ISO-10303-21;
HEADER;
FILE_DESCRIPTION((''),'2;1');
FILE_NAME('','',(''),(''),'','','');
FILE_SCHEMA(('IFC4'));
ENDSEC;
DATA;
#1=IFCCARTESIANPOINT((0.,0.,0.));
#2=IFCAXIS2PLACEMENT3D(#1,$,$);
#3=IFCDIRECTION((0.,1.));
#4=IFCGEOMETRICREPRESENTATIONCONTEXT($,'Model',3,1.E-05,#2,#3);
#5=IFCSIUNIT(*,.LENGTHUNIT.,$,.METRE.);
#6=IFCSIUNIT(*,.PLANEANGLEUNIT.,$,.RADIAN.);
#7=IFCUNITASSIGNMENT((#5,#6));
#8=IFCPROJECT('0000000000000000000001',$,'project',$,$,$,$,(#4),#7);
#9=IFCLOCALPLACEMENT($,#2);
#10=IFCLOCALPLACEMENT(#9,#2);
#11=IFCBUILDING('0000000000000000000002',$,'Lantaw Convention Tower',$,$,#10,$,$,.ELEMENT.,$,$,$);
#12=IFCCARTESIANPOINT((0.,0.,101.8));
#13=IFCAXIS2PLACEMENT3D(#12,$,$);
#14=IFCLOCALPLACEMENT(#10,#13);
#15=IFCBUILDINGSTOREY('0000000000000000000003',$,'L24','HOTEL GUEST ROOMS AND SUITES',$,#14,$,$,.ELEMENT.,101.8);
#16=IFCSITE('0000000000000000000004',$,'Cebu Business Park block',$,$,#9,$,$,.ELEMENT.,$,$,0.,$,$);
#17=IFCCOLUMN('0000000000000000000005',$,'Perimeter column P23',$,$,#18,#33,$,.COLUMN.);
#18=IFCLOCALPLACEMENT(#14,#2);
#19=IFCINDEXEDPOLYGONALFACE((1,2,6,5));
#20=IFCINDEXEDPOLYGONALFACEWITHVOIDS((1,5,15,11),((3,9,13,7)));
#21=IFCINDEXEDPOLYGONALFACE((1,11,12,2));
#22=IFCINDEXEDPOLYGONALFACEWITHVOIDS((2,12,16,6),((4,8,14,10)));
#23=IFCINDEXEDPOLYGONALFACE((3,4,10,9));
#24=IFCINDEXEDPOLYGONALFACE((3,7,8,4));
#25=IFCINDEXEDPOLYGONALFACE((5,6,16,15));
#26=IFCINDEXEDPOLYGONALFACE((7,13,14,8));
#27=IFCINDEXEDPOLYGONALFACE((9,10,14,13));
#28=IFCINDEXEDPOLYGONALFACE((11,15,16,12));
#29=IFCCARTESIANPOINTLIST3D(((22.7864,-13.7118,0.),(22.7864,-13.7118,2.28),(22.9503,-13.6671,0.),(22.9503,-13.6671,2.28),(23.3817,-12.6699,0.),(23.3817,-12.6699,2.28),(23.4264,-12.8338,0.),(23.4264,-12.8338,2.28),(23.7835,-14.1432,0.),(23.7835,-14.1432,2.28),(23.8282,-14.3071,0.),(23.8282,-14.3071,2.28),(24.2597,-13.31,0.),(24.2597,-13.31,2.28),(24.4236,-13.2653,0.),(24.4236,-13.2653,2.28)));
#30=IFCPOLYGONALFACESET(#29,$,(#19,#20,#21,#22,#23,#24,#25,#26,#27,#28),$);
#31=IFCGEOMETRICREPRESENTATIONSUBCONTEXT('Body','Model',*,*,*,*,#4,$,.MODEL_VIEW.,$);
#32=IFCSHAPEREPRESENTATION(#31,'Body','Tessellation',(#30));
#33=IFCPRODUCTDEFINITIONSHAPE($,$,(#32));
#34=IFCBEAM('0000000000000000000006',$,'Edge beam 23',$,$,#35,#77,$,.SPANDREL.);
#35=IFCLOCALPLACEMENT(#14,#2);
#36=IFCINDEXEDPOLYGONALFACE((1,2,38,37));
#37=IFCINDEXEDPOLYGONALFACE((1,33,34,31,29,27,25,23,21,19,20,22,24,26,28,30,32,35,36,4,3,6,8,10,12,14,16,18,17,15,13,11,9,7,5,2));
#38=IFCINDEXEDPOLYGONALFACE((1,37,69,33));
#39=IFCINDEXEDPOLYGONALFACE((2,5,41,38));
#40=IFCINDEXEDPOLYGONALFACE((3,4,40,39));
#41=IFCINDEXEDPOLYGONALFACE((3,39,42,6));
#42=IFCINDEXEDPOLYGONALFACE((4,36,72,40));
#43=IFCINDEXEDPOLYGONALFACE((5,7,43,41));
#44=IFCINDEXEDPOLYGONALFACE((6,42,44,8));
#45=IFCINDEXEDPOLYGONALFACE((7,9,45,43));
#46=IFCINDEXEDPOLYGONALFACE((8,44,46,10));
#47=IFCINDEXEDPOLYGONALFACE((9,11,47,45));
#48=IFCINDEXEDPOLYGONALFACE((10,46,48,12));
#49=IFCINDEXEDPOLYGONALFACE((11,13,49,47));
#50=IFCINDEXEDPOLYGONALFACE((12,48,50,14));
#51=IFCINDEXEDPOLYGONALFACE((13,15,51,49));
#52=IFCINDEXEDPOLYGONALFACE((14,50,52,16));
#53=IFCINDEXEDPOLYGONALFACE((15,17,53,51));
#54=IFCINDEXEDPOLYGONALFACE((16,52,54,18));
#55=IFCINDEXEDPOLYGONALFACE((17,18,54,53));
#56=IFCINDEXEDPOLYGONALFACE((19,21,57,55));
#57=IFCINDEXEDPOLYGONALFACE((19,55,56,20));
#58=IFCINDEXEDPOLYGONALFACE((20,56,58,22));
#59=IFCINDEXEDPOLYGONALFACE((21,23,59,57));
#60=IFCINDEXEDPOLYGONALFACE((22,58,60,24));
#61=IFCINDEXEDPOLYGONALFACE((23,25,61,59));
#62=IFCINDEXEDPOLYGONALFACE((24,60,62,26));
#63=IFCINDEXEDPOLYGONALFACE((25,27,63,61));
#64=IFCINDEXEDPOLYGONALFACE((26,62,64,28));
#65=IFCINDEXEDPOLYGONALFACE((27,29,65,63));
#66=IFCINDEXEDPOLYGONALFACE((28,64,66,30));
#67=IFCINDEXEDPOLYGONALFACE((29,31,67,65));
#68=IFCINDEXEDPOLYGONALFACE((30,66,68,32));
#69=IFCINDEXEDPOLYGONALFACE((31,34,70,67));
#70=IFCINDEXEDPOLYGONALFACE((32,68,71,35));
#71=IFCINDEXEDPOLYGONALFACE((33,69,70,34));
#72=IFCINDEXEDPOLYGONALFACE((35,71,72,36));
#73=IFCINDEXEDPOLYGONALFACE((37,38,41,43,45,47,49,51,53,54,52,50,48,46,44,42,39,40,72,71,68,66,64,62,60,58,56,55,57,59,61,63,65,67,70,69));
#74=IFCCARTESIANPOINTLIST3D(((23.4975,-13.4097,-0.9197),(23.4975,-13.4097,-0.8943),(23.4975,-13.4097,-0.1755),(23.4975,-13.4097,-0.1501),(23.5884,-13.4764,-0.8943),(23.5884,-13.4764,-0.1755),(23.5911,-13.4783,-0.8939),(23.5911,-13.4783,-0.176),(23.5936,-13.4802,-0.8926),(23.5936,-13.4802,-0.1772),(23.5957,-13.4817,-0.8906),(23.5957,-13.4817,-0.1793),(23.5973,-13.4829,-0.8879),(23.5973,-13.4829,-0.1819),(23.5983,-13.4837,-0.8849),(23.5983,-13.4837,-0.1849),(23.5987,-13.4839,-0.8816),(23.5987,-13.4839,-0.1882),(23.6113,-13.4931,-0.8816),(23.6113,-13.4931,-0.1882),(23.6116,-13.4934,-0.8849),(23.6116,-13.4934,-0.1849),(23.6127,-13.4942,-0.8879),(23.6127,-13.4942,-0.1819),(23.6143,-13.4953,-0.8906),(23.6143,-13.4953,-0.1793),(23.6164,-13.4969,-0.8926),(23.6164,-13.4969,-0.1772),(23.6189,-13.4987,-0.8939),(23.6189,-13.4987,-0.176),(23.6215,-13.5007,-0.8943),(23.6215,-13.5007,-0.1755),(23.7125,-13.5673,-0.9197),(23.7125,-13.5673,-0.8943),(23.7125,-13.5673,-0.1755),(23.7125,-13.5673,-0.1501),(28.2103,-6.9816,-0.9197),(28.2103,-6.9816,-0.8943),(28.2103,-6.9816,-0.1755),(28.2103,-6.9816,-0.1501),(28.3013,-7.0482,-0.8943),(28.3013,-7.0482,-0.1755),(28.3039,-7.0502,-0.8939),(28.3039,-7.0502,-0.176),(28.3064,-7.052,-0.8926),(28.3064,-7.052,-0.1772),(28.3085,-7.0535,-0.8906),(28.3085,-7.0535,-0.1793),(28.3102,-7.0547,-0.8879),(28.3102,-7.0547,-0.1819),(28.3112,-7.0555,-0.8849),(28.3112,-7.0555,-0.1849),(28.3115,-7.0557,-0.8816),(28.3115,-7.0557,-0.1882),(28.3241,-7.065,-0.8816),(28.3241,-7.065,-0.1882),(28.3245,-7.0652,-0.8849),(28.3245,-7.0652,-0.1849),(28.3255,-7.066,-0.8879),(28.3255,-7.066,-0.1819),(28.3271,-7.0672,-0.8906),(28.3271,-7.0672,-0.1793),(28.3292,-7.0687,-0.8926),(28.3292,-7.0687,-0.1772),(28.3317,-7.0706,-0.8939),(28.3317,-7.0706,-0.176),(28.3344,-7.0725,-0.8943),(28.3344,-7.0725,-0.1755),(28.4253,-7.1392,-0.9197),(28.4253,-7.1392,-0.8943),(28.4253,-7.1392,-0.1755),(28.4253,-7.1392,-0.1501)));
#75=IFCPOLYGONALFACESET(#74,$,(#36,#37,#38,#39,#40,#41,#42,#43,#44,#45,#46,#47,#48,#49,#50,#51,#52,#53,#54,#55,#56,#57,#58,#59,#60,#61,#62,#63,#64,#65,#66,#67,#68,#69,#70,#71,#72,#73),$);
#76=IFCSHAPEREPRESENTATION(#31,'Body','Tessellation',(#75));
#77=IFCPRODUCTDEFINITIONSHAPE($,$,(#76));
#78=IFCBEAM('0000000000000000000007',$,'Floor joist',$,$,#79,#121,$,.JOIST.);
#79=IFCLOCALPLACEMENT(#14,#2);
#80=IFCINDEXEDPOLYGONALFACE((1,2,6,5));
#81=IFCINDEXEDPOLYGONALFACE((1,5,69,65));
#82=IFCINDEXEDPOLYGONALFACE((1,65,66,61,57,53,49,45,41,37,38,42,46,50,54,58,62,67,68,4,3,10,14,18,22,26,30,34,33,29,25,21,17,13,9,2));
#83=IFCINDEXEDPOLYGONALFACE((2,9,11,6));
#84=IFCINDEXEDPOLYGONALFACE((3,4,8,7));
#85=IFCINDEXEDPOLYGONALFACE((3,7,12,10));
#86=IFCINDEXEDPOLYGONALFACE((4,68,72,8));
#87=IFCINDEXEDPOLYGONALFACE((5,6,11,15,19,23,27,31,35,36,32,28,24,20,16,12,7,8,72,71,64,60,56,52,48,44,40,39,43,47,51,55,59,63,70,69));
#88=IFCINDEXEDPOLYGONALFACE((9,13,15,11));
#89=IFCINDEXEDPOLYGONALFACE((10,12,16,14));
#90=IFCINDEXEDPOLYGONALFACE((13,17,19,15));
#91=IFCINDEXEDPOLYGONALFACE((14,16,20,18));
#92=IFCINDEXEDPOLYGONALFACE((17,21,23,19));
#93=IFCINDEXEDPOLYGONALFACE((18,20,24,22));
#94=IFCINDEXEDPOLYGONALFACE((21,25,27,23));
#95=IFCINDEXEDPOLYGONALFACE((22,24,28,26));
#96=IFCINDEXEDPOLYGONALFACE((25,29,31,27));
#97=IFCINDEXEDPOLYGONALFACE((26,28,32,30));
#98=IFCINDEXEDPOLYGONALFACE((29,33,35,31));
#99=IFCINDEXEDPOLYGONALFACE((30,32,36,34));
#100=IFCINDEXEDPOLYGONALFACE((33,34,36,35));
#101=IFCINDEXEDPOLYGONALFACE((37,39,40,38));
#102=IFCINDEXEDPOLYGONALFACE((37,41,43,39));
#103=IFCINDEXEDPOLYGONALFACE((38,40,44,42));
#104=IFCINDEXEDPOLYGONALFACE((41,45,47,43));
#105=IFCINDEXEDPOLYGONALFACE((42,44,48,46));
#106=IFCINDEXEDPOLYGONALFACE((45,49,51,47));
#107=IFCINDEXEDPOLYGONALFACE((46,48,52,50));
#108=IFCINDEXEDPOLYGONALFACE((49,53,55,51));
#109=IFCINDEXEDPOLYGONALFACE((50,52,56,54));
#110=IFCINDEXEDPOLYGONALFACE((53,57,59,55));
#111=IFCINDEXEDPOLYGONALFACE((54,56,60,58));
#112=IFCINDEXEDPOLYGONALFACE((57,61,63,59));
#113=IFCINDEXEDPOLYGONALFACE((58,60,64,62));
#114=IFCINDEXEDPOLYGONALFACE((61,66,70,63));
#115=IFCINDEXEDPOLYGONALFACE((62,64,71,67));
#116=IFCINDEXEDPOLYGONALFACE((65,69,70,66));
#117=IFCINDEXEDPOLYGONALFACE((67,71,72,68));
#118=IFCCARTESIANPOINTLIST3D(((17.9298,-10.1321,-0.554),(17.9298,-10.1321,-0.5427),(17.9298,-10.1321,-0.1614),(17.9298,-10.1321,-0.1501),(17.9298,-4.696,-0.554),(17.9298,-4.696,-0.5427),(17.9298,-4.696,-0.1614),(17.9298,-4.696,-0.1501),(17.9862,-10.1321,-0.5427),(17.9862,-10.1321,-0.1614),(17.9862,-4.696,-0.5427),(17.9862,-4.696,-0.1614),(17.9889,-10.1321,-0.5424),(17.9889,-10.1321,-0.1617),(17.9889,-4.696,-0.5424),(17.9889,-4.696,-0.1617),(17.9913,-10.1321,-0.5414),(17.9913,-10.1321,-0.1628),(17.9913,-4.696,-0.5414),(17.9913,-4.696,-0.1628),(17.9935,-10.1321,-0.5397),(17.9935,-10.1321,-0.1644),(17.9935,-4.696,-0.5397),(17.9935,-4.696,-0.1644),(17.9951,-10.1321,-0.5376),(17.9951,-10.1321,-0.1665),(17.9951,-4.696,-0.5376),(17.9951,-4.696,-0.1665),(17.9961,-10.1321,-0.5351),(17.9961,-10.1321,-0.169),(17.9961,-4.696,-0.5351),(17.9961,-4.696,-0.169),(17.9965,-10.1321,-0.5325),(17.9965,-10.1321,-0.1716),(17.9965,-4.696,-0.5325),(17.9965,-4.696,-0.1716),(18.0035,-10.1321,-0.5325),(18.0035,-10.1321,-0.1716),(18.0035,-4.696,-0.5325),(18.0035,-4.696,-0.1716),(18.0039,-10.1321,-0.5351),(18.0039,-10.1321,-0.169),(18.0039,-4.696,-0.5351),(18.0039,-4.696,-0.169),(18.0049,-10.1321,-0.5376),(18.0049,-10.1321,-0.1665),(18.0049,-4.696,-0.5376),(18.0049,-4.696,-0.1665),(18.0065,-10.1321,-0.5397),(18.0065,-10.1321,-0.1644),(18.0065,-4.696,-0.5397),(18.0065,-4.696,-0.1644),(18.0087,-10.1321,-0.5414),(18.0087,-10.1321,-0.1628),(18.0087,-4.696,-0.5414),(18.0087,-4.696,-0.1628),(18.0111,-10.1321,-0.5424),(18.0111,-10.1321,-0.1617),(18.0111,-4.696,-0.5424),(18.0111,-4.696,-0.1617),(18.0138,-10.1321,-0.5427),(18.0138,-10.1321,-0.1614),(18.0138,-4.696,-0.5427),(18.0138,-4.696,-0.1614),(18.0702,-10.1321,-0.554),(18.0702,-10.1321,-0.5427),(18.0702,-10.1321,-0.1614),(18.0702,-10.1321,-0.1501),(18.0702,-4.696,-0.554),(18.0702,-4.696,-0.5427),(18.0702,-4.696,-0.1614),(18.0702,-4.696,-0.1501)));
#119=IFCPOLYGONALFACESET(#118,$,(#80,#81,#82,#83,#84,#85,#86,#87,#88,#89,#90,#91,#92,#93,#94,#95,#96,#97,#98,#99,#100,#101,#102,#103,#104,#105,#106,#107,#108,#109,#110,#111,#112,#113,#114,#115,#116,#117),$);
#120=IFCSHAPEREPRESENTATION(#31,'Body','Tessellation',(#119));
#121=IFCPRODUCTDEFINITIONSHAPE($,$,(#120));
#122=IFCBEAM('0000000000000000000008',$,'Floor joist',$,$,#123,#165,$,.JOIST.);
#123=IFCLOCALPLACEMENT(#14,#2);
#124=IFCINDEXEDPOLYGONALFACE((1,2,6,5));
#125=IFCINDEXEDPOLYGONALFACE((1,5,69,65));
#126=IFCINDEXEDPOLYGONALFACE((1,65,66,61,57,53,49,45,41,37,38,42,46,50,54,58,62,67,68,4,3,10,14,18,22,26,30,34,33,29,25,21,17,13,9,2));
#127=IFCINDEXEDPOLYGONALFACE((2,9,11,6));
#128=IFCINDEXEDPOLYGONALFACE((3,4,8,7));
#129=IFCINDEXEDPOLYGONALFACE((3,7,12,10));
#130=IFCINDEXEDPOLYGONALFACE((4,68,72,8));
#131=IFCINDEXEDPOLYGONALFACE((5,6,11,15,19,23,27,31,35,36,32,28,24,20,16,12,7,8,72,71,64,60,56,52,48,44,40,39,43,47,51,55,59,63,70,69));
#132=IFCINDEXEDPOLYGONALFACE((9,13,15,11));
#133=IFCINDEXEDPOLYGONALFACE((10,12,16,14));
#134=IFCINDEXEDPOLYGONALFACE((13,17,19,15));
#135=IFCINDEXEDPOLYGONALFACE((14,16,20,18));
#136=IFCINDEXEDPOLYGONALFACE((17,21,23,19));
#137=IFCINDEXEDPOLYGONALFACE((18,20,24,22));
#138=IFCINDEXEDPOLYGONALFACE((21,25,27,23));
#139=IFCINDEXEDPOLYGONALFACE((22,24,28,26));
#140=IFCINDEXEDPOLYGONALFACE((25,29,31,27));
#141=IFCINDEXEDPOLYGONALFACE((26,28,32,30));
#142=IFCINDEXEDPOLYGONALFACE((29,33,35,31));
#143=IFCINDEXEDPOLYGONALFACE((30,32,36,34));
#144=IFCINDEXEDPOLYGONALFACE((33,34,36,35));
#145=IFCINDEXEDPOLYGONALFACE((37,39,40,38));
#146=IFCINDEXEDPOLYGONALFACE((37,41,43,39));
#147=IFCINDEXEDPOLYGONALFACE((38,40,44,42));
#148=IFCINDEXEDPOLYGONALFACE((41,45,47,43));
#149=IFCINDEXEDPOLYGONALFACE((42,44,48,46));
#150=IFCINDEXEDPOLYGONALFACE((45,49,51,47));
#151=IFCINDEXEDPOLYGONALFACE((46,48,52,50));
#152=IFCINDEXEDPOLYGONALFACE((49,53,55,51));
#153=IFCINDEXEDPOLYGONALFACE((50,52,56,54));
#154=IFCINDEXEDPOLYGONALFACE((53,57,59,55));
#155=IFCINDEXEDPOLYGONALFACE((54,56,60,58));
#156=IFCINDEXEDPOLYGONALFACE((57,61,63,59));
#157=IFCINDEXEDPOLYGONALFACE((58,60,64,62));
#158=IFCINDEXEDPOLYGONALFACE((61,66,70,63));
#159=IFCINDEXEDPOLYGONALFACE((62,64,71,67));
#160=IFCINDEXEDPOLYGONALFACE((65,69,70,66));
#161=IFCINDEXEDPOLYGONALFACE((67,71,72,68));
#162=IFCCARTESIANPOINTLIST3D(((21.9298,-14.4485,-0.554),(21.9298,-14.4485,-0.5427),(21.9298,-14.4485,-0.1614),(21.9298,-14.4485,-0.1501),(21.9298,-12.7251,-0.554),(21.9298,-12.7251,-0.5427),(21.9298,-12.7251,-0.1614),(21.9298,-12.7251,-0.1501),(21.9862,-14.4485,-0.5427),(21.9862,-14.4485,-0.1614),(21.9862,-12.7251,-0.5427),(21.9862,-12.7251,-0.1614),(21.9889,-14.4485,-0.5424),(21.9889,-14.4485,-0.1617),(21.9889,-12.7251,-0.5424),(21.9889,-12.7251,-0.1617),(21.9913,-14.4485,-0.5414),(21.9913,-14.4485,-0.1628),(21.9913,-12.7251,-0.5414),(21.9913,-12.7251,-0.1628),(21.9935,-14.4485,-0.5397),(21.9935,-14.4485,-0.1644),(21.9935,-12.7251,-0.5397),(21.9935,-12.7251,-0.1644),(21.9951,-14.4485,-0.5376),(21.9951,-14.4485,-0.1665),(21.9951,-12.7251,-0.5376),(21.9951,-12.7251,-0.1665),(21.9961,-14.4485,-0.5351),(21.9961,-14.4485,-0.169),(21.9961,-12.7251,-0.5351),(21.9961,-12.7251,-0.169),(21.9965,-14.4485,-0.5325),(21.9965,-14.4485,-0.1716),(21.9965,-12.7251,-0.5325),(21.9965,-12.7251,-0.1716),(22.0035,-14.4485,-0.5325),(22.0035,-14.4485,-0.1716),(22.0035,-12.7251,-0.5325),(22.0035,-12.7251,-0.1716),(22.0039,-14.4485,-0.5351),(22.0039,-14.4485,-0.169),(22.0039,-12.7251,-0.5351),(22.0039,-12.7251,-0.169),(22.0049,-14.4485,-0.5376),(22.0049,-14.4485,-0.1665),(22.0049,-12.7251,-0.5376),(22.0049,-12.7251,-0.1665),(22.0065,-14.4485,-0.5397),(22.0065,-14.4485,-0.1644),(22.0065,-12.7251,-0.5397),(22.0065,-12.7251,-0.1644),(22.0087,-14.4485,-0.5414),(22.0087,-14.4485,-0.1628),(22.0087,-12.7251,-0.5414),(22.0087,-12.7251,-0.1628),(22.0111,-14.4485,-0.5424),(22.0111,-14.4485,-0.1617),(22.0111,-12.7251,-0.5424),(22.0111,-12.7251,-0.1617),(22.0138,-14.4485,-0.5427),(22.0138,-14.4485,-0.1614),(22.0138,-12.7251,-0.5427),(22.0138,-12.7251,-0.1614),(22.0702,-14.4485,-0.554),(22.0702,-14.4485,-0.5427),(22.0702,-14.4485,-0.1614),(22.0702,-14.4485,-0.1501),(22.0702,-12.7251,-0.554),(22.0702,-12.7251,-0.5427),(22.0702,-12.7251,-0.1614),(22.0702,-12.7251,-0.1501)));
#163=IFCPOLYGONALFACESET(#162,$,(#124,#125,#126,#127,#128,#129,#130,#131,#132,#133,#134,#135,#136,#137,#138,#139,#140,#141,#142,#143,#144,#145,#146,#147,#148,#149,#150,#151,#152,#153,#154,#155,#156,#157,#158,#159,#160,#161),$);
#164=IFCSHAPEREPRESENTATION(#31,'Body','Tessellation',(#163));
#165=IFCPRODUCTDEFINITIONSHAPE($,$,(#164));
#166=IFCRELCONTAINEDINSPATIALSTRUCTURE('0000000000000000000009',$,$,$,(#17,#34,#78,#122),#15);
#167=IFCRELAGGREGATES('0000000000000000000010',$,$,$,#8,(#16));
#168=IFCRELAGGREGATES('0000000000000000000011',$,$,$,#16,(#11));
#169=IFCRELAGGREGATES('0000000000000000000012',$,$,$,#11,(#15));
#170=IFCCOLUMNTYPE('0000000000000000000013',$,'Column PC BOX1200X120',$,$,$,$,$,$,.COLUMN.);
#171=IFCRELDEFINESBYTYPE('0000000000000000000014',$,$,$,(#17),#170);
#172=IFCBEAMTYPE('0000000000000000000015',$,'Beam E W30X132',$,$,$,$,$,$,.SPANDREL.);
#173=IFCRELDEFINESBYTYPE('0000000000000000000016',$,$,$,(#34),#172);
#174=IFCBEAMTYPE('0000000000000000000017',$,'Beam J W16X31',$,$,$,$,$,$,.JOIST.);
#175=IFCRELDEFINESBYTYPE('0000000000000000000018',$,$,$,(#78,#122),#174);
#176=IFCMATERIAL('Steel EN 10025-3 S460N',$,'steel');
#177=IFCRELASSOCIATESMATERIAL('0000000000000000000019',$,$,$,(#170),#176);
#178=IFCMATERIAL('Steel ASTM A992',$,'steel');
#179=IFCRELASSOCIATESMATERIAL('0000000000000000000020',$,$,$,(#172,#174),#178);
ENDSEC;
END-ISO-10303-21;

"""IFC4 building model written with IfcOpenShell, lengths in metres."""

from ifc_helpers import new_model, si_unit, direction, frame, origin, origin_2d, place, context, subcontext, project, spatial, rectangle, hollow_rectangle, i_section, extrude, material, material_profile, profile_set, type_object, element, save


model = new_model("IFC4")

# Units and contexts
model_context = context("Model", 3, precision=1e-05, world=origin(), true_north=direction((0.0, 1.0)))
body_context = subcontext(model_context, "Body", "Model", "MODEL_VIEW")
ifc_project = project(units=[si_unit("LENGTHUNIT", "METRE"), si_unit("PLANEANGLEUNIT", "RADIAN")], contexts=[model_context])

# Site, building, storey
site_placement = place(None, origin())
site = spatial("IfcSite", under=ifc_project, at=site_placement, Name="Cebu Business Park block", CompositionType="ELEMENT", RefElevation=0.0)
building_placement = place(site_placement, origin())
building = spatial("IfcBuilding", under=site, at=building_placement, Name="Lantaw Convention Tower", CompositionType="ELEMENT")
storey_placement = place(building_placement, frame((0.0, 0.0, 101.8)))
storey = spatial("IfcBuildingStorey", under=building, at=storey_placement, Name="L24", Description="HOTEL GUEST ROOMS AND SUITES", CompositionType="ELEMENT", Elevation=101.8)

# Column
ifc_material_1 = material(Name="Steel EN 10025-3 S460N", Category="steel")
ifc_material_profile_1 = material_profile(ifc_material_1, hollow_rectangle(XDim=1.2, YDim=1.2, WallThickness=0.1201, at=origin_2d()), Name="BOX1200X120")
ifc_material_2 = material(Name="Concrete C60/75", Category="concrete")
ifc_material_profile_2 = material_profile(ifc_material_2, rectangle(XDim=0.96, YDim=0.96, at=origin_2d()), Name="Concrete fill of BOX1200X120")
ifc_profile_set_1 = profile_set([ifc_material_profile_1, ifc_material_profile_2], Name="Steel EN 10025-3 S460N")
column_type = type_object("IfcColumnType", Name="Column PC BOX1200X120", PredefinedType="COLUMN", material=ifc_profile_set_1)
column_placement = place(storey_placement, frame((23.605, -13.4885, 0.0), z_axis=(0.0, 0.0, 1.0), x_axis=(0.496139, 0.868243, 0.0)))
element("IfcColumn", 1, at=column_placement, inside=storey, type_object=column_type, Name="Perimeter column P23", PredefinedType="COLUMN", context=body_context, shape_type="SweptSolid", body=[
    extrude(hollow_rectangle(XDim=1.2, YDim=1.2, WallThickness=0.1201, at=origin_2d()), origin(), (0.0, 0.0, 1.0), 2.28),
])

# Beams
ifc_material_3 = material(Name="Steel ASTM A992", Category="steel")
ifc_material_profile_3 = material_profile(ifc_material_3, i_section(OverallWidth=0.2666, OverallDepth=0.7695, WebThickness=0.0156, FlangeThickness=0.0254, FilletRadius=0.0127, at=origin_2d()), Name="W30X132")
ifc_profile_set_2 = profile_set([ifc_material_profile_3], Name="Steel ASTM A992")
beam_type_1 = type_object("IfcBeamType", Name="Beam E W30X132", PredefinedType="SPANDREL", material=ifc_profile_set_2)
beam_1_placement = place(storey_placement, frame((23.605, -13.4885, -0.5349), z_axis=(0.591271, 0.806473, 0.0), x_axis=(-0.806473, 0.591271, 0.0)))
element("IfcBeam", 2, at=beam_1_placement, inside=storey, type_object=beam_type_1, Name="Edge beam 23", PredefinedType="SPANDREL", context=body_context, shape_type="SweptSolid", body=[
    extrude(i_section(OverallWidth=0.2666, OverallDepth=0.7695, WebThickness=0.0156, FlangeThickness=0.0254, FilletRadius=0.0127, at=origin_2d()), origin(), (0.0, 0.0, 1.0), 7.9707),
])
ifc_material_profile_4 = material_profile(ifc_material_3, i_section(OverallWidth=0.1404, OverallDepth=0.4038, WebThickness=0.0071, FlangeThickness=0.0112, FilletRadius=0.0103, at=origin_2d()), Name="W16X31")
ifc_profile_set_3 = profile_set([ifc_material_profile_4], Name="Steel ASTM A992")
beam_type_2 = type_object("IfcBeamType", Name="Beam J W16X31", PredefinedType="JOIST", material=ifc_profile_set_3)
beam_2_placement = place(storey_placement, frame((18.0, -10.1321, -0.3521), z_axis=(0.0, 1.0, 0.0), x_axis=(-1.0, 0.0, 0.0)))
element("IfcBeam", 3, at=beam_2_placement, inside=storey, type_object=beam_type_2, Name="Floor joist", PredefinedType="JOIST", context=body_context, shape_type="SweptSolid", body=[
    extrude(i_section(OverallWidth=0.1404, OverallDepth=0.4038, WebThickness=0.0071, FlangeThickness=0.0112, FilletRadius=0.0103, at=origin_2d()), origin(), (0.0, 0.0, 1.0), 5.436),
])
beam_3_placement = place(storey_placement, frame((22.0, -14.4485, -0.3521), z_axis=(0.0, 1.0, 0.0), x_axis=(-1.0, 0.0, 0.0)))
element("IfcBeam", 4, at=beam_3_placement, inside=storey, type_object=beam_type_2, Name="Floor joist", PredefinedType="JOIST", context=body_context, shape_type="SweptSolid", body=[
    extrude(i_section(OverallWidth=0.1404, OverallDepth=0.4038, WebThickness=0.0071, FlangeThickness=0.0112, FilletRadius=0.0103, at=origin_2d()), origin(), (0.0, 0.0, 1.0), 1.7234),
])

save(model, "model.ifc")
